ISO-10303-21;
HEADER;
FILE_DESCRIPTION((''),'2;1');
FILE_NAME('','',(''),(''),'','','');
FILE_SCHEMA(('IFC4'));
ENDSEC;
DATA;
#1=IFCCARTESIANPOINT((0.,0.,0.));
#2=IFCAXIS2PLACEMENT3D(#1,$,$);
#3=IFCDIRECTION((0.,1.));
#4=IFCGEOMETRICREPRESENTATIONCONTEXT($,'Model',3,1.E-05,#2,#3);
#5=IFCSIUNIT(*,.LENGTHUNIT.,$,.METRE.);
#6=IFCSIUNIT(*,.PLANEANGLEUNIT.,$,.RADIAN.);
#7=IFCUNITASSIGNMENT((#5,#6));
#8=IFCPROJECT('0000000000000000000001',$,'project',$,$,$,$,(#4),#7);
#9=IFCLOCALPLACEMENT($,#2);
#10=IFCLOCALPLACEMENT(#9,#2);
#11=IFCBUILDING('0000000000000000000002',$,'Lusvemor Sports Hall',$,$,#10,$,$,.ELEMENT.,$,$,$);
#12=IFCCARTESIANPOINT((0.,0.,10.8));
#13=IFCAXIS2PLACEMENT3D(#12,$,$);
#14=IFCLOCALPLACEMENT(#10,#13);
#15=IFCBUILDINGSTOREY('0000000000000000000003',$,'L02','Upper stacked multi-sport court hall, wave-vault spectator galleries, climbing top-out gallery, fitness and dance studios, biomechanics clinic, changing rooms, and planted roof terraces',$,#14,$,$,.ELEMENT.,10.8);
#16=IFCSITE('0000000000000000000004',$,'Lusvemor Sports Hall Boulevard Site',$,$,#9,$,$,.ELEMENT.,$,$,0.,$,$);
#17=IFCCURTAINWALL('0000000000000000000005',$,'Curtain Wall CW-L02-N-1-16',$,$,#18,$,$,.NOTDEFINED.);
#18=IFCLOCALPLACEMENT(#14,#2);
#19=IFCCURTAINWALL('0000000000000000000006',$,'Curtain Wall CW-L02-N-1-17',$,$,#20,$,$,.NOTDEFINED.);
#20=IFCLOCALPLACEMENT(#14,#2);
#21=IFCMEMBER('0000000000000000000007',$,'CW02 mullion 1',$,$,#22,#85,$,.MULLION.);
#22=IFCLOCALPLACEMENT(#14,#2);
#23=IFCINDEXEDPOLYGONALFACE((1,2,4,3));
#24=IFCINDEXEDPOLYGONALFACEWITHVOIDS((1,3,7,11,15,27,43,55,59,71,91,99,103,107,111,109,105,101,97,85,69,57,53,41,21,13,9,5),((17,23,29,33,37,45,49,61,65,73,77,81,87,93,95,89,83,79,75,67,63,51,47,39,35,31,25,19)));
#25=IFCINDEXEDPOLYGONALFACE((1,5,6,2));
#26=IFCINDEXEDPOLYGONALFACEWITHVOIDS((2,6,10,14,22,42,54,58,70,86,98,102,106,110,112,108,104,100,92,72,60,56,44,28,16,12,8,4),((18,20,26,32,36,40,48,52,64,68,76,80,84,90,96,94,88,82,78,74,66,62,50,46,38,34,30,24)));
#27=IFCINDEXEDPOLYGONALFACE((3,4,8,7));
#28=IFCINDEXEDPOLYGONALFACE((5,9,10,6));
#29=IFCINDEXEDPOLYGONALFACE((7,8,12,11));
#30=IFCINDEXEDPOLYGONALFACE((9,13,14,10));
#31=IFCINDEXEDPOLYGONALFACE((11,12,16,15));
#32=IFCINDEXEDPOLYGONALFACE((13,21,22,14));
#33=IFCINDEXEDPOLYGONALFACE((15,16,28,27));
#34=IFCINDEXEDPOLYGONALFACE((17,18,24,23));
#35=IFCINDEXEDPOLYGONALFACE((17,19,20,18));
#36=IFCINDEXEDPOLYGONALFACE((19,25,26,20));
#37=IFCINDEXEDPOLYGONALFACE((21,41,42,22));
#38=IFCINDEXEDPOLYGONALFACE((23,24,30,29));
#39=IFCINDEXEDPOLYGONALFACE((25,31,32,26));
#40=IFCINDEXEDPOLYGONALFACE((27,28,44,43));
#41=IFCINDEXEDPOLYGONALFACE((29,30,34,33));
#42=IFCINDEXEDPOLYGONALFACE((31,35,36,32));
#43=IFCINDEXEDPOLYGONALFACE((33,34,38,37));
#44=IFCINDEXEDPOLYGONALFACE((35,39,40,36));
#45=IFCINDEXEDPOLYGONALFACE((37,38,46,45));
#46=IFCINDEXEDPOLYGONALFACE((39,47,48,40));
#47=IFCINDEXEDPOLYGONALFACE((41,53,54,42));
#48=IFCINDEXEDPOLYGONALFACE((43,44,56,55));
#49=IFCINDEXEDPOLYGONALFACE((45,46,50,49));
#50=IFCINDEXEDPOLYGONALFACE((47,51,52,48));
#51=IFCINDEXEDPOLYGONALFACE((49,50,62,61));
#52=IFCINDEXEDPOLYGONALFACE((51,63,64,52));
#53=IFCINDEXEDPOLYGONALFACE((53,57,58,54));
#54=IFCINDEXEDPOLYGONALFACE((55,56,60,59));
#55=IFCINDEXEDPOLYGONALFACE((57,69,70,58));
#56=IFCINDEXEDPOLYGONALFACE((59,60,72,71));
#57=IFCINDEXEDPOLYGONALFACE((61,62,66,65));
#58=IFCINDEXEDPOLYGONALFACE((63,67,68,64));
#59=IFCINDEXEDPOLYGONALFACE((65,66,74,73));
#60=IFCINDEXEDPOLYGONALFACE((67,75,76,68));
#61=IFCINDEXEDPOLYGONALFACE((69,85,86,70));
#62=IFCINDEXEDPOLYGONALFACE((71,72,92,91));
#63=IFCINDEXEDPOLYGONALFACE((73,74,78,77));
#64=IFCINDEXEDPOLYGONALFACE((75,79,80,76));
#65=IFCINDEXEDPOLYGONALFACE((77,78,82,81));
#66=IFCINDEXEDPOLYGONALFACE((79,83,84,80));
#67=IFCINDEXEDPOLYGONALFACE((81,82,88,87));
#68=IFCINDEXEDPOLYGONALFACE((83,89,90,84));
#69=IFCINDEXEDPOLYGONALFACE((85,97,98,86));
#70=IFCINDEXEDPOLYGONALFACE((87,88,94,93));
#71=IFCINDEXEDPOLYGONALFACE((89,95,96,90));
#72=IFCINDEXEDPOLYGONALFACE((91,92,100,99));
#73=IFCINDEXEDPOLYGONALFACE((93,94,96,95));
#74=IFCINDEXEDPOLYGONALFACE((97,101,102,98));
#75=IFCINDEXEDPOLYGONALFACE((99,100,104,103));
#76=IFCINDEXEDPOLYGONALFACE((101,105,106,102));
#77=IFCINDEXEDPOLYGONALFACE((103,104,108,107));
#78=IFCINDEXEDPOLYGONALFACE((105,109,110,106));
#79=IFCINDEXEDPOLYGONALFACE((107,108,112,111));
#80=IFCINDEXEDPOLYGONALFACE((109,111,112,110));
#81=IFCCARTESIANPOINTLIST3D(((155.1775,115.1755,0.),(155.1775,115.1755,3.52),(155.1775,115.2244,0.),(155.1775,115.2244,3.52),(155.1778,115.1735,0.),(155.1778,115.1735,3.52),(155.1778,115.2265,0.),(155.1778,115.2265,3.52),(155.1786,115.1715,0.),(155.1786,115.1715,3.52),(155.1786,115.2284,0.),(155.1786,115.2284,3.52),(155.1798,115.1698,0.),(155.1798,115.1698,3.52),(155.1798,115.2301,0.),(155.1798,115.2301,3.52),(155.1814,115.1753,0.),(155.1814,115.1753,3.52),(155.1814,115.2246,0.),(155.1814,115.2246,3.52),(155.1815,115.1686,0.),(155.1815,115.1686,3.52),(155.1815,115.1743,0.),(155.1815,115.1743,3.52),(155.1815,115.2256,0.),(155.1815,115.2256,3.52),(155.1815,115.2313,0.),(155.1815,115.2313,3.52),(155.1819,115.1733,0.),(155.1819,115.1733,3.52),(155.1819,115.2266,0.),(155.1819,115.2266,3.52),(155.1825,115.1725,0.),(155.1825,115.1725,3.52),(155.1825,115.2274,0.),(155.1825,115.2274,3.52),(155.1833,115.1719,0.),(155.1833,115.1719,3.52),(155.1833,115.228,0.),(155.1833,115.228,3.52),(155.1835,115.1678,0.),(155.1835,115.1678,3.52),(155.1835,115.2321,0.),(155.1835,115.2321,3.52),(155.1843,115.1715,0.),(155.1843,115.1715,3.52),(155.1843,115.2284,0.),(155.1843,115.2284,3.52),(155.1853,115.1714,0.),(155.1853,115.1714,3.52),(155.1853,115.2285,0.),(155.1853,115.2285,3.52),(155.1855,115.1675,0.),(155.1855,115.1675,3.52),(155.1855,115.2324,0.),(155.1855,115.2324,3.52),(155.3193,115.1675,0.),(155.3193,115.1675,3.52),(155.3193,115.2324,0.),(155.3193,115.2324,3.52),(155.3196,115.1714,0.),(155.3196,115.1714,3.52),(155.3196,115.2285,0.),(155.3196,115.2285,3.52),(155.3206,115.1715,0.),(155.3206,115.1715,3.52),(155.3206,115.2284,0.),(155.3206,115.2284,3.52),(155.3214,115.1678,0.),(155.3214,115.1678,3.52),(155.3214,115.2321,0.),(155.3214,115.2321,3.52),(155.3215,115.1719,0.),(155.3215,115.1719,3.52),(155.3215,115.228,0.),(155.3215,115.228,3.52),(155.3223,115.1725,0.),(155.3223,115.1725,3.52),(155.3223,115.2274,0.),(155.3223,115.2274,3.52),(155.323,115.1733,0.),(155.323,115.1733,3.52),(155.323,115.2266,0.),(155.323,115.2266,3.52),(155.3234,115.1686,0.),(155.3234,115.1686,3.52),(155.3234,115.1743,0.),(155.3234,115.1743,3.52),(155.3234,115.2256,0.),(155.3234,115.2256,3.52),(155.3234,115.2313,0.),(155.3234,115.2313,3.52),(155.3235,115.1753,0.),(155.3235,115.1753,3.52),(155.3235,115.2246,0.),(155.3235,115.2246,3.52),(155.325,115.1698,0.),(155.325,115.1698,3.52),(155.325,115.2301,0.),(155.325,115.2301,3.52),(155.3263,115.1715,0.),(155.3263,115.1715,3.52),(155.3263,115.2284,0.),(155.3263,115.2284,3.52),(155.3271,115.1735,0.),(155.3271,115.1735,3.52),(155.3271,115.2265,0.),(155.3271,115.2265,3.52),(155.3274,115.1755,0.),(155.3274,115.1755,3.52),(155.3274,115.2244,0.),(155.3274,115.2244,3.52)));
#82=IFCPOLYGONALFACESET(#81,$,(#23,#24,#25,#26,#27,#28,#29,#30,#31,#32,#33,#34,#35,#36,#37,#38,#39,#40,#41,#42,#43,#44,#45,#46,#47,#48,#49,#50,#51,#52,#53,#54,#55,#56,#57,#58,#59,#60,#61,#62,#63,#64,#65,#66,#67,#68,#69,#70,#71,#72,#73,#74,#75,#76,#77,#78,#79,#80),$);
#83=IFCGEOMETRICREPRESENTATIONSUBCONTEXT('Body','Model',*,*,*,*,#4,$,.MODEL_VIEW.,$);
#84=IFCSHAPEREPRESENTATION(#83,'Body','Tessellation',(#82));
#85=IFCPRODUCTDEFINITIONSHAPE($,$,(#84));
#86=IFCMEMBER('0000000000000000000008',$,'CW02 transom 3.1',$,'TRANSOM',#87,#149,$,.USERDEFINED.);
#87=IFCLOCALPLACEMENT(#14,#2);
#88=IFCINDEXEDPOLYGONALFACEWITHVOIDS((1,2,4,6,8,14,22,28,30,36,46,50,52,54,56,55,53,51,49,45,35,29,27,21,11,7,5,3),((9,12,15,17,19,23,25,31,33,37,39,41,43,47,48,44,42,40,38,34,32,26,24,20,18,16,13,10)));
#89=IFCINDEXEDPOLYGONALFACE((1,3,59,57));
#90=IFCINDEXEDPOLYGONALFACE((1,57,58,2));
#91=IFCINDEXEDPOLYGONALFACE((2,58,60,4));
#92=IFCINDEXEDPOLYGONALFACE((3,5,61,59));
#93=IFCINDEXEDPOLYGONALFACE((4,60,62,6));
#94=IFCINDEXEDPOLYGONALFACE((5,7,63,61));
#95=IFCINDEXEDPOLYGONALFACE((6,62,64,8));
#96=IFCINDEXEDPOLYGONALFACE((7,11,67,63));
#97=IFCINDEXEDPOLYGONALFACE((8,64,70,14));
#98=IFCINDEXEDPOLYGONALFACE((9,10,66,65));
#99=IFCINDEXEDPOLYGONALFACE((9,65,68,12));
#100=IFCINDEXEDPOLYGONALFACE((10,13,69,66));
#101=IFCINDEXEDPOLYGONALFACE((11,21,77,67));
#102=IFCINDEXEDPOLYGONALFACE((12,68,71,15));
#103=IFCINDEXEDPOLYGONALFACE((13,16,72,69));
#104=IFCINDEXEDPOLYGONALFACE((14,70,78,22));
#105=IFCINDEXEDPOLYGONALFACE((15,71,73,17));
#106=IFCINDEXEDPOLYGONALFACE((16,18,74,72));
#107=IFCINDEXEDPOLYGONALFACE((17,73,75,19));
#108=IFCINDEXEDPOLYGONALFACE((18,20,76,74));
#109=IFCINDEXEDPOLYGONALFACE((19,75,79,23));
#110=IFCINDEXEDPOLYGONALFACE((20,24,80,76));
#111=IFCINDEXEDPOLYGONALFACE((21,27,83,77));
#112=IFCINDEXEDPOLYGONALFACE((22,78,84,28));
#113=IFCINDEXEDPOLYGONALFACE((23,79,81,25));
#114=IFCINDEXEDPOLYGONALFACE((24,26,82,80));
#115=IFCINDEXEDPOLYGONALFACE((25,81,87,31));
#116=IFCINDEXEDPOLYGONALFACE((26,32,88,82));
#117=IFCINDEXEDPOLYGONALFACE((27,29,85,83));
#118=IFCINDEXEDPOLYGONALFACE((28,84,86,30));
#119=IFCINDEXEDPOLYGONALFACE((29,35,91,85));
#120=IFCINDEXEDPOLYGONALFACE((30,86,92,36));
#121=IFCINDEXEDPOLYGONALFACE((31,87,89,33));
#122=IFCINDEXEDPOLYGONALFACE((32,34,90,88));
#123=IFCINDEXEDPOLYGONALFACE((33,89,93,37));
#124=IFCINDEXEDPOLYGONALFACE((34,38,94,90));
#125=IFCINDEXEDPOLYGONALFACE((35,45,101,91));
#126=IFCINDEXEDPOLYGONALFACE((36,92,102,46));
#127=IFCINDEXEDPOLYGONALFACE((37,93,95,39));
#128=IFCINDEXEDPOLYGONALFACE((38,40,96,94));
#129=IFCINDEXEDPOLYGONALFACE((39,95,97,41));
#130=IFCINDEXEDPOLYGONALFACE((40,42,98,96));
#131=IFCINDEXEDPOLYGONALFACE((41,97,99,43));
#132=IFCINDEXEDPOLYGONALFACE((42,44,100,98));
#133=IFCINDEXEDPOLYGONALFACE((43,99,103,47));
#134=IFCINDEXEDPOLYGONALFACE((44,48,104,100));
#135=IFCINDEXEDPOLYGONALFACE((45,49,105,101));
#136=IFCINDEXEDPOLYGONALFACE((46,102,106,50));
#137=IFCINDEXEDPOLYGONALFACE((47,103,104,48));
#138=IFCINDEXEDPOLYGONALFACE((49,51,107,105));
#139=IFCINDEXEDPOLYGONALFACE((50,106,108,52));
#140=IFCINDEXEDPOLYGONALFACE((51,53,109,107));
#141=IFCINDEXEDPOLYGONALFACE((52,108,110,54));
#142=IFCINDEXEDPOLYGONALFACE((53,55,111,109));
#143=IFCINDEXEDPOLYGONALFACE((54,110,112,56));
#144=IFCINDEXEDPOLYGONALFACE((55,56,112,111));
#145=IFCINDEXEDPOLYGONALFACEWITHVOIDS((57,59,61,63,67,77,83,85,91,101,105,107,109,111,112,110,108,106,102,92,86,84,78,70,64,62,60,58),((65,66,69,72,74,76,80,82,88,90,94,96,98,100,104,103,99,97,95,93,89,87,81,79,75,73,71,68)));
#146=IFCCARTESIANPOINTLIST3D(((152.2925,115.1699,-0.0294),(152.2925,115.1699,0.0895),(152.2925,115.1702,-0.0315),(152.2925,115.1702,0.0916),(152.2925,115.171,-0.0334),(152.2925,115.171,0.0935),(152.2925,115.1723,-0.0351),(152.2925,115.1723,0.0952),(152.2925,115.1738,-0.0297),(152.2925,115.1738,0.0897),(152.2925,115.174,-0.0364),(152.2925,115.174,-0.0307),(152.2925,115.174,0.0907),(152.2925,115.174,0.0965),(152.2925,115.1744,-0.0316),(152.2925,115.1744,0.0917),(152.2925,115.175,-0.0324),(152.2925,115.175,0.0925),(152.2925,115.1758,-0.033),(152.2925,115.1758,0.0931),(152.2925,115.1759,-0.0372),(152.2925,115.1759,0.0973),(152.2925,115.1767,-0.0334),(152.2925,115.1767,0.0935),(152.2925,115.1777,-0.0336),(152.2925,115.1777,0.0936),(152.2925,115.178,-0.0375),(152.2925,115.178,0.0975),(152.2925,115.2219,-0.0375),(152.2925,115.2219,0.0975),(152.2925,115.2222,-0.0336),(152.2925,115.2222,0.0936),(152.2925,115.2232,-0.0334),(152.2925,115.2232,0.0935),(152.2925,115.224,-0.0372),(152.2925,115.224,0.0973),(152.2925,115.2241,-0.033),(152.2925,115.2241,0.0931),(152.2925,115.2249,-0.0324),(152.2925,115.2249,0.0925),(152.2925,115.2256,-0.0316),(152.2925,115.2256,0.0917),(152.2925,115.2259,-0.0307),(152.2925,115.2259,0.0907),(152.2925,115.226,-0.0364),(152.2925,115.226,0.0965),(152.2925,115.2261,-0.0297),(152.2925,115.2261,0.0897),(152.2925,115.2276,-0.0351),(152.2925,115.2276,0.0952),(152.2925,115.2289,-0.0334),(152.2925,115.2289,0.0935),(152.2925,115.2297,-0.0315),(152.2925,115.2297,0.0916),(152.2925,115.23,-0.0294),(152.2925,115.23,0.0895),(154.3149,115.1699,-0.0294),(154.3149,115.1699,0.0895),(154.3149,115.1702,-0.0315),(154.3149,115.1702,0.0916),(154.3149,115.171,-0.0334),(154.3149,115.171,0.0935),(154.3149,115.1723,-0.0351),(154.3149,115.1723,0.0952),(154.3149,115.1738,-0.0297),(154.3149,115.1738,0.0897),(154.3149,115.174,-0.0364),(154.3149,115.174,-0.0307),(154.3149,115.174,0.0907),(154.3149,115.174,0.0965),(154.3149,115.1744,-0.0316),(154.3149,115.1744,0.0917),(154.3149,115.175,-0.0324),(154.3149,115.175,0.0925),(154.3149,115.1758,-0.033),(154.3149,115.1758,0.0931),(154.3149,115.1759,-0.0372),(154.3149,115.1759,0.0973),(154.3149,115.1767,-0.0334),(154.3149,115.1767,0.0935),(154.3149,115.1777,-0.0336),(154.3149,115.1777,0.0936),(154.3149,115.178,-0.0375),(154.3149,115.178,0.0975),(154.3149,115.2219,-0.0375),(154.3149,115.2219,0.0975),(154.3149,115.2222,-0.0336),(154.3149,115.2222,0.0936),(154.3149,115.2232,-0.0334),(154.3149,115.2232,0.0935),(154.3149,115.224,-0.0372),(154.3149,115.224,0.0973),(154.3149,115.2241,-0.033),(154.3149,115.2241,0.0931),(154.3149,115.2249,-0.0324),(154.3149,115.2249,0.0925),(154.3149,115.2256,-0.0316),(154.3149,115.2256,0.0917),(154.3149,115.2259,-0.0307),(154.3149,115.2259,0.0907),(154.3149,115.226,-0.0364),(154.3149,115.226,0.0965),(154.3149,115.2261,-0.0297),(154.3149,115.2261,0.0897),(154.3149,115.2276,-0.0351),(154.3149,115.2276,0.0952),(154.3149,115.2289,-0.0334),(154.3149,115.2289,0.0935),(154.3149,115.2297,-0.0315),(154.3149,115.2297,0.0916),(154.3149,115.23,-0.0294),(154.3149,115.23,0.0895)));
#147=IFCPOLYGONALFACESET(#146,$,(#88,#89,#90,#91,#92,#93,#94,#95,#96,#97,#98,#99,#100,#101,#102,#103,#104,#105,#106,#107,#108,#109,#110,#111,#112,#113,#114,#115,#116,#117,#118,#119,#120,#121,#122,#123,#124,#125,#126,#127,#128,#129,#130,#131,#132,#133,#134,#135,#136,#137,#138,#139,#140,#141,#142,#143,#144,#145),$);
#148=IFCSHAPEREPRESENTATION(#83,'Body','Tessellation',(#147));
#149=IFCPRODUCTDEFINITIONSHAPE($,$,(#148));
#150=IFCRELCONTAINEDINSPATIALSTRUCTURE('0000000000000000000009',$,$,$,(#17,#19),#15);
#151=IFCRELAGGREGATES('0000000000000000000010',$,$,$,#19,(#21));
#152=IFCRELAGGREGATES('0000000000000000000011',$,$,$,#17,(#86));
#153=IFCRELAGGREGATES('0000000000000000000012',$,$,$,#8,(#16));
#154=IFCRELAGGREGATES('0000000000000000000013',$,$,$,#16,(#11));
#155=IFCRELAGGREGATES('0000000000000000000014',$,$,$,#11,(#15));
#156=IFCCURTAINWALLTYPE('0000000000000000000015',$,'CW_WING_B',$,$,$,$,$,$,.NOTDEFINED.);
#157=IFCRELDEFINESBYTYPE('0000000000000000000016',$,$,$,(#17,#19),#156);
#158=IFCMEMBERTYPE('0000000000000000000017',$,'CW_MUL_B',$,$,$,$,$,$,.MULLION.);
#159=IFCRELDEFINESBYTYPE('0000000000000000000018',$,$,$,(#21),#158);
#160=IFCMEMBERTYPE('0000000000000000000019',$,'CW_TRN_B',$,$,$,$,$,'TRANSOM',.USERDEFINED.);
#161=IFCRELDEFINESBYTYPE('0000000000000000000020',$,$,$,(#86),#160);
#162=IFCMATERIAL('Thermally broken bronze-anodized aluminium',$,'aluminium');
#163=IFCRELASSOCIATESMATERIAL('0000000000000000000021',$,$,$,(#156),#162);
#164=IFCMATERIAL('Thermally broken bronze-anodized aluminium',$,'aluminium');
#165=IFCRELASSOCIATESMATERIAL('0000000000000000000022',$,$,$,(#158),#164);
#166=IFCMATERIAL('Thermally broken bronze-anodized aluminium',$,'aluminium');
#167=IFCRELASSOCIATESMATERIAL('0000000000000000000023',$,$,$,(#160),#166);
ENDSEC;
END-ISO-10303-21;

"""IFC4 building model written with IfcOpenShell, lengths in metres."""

from ifc_helpers import new_model, si_unit, direction, frame, origin, origin_2d, place, context, subcontext, project, spatial, hollow_rectangle, extrude, material, material_profile, profile_set, type_object, element, aggregate, save


model = new_model("IFC4")

# Units and contexts
model_context = context("Model", 3, precision=1e-05, world=origin(), true_north=direction((0.0, 1.0)))
body_context = subcontext(model_context, "Body", "Model", "MODEL_VIEW")
ifc_project = project(units=[si_unit("LENGTHUNIT", "METRE"), si_unit("PLANEANGLEUNIT", "RADIAN")], contexts=[model_context])

# Site, building, storey
site_placement = place(None, origin())
site = spatial("IfcSite", under=ifc_project, at=site_placement, Name="Lusvemor Sports Hall Boulevard Site", CompositionType="ELEMENT", RefElevation=0.0)
building_placement = place(site_placement, origin())
building = spatial("IfcBuilding", under=site, at=building_placement, Name="Lusvemor Sports Hall", CompositionType="ELEMENT")
storey_placement = place(building_placement, frame((0.0, 0.0, 10.8)))
storey = spatial("IfcBuildingStorey", under=building, at=storey_placement, Name="L02", Description="Upper stacked multi-sport court hall, wave-vault spectator galleries, climbing top-out gallery, fitness and dance studios, biomechanics clinic, changing rooms, and planted roof terraces", CompositionType="ELEMENT", Elevation=10.8)

# Curtain wall
ifc_material_1 = material(Name="Thermally broken bronze-anodized aluminium", Category="aluminium")
curtain_wall_type = type_object("IfcCurtainWallType", Name="CW_WING_B", PredefinedType="NOTDEFINED", material=ifc_material_1)
curtain_wall_1_placement = place(storey_placement, origin())
curtain_wall_1 = element("IfcCurtainWall", 1, at=curtain_wall_1_placement, inside=storey, type_object=curtain_wall_type, Name="Curtain Wall CW-L02-N-1-16", PredefinedType="NOTDEFINED")
ifc_material_2 = material(Name="Thermally broken bronze-anodized aluminium", Category="aluminium")
ifc_material_profile_1 = material_profile(ifc_material_2, hollow_rectangle(XDim=0.0649, YDim=0.1499, WallThickness=0.0039, InnerFilletRadius=0.0039, OuterFilletRadius=0.0081, at=origin_2d()), Name="CWMUL150x65x4")
ifc_profile_set_1 = profile_set([ifc_material_profile_1], Name="Thermally broken bronze-anodized aluminium")
member_type_1 = type_object("IfcMemberType", Name="CW_MUL_B", PredefinedType="MULLION", material=ifc_profile_set_1)

# Curtain wall, member
curtain_wall_2_placement = place(storey_placement, origin())
curtain_wall_2 = element("IfcCurtainWall", 2, at=curtain_wall_2_placement, inside=storey, type_object=curtain_wall_type, Name="Curtain Wall CW-L02-N-1-17", PredefinedType="NOTDEFINED")
member_1_placement = place(storey_placement, frame((155.2524, 115.2, 0.0), z_axis=(0.0, 0.0, 1.0), x_axis=(0.0, 1.0, 0.0)))
member_1 = element("IfcMember", 3, at=member_1_placement, type_object=member_type_1, Name="CW02 mullion 1", PredefinedType="MULLION", context=body_context, shape_type="SweptSolid", body=[
    extrude(hollow_rectangle(XDim=0.0649, YDim=0.1499, WallThickness=0.0039, InnerFilletRadius=0.0039, OuterFilletRadius=0.0081, at=origin_2d()), origin(), (0.0, 0.0, 1.0), 3.52),
])
aggregate(curtain_wall_2, [member_1])

# Member
ifc_material_3 = material(Name="Thermally broken bronze-anodized aluminium", Category="aluminium")
ifc_material_profile_2 = material_profile(ifc_material_3, hollow_rectangle(XDim=0.0601, YDim=0.135, WallThickness=0.0039, InnerFilletRadius=0.0039, OuterFilletRadius=0.0081, at=origin_2d()), Name="CWTRN135x60x4")
ifc_profile_set_2 = profile_set([ifc_material_profile_2], Name="Thermally broken bronze-anodized aluminium")
member_type_2 = type_object("IfcMemberType", Name="CW_TRN_B", ElementType="TRANSOM", PredefinedType="USERDEFINED", material=ifc_profile_set_2)
member_2_placement = place(storey_placement, frame((152.2925, 115.2, 0.03), z_axis=(1.0, 0.0, 0.0), x_axis=(0.0, 1.0, 0.0)))
member_2 = element("IfcMember", 4, at=member_2_placement, type_object=member_type_2, Name="CW02 transom 3.1", ObjectType="TRANSOM", PredefinedType="USERDEFINED", context=body_context, shape_type="SweptSolid", body=[
    extrude(hollow_rectangle(XDim=0.0601, YDim=0.135, WallThickness=0.0039, InnerFilletRadius=0.0039, OuterFilletRadius=0.0081, at=origin_2d()), origin(), (0.0, 0.0, 1.0), 2.0225),
])

aggregate(curtain_wall_1, [member_2])

save(model, "model.ifc")
